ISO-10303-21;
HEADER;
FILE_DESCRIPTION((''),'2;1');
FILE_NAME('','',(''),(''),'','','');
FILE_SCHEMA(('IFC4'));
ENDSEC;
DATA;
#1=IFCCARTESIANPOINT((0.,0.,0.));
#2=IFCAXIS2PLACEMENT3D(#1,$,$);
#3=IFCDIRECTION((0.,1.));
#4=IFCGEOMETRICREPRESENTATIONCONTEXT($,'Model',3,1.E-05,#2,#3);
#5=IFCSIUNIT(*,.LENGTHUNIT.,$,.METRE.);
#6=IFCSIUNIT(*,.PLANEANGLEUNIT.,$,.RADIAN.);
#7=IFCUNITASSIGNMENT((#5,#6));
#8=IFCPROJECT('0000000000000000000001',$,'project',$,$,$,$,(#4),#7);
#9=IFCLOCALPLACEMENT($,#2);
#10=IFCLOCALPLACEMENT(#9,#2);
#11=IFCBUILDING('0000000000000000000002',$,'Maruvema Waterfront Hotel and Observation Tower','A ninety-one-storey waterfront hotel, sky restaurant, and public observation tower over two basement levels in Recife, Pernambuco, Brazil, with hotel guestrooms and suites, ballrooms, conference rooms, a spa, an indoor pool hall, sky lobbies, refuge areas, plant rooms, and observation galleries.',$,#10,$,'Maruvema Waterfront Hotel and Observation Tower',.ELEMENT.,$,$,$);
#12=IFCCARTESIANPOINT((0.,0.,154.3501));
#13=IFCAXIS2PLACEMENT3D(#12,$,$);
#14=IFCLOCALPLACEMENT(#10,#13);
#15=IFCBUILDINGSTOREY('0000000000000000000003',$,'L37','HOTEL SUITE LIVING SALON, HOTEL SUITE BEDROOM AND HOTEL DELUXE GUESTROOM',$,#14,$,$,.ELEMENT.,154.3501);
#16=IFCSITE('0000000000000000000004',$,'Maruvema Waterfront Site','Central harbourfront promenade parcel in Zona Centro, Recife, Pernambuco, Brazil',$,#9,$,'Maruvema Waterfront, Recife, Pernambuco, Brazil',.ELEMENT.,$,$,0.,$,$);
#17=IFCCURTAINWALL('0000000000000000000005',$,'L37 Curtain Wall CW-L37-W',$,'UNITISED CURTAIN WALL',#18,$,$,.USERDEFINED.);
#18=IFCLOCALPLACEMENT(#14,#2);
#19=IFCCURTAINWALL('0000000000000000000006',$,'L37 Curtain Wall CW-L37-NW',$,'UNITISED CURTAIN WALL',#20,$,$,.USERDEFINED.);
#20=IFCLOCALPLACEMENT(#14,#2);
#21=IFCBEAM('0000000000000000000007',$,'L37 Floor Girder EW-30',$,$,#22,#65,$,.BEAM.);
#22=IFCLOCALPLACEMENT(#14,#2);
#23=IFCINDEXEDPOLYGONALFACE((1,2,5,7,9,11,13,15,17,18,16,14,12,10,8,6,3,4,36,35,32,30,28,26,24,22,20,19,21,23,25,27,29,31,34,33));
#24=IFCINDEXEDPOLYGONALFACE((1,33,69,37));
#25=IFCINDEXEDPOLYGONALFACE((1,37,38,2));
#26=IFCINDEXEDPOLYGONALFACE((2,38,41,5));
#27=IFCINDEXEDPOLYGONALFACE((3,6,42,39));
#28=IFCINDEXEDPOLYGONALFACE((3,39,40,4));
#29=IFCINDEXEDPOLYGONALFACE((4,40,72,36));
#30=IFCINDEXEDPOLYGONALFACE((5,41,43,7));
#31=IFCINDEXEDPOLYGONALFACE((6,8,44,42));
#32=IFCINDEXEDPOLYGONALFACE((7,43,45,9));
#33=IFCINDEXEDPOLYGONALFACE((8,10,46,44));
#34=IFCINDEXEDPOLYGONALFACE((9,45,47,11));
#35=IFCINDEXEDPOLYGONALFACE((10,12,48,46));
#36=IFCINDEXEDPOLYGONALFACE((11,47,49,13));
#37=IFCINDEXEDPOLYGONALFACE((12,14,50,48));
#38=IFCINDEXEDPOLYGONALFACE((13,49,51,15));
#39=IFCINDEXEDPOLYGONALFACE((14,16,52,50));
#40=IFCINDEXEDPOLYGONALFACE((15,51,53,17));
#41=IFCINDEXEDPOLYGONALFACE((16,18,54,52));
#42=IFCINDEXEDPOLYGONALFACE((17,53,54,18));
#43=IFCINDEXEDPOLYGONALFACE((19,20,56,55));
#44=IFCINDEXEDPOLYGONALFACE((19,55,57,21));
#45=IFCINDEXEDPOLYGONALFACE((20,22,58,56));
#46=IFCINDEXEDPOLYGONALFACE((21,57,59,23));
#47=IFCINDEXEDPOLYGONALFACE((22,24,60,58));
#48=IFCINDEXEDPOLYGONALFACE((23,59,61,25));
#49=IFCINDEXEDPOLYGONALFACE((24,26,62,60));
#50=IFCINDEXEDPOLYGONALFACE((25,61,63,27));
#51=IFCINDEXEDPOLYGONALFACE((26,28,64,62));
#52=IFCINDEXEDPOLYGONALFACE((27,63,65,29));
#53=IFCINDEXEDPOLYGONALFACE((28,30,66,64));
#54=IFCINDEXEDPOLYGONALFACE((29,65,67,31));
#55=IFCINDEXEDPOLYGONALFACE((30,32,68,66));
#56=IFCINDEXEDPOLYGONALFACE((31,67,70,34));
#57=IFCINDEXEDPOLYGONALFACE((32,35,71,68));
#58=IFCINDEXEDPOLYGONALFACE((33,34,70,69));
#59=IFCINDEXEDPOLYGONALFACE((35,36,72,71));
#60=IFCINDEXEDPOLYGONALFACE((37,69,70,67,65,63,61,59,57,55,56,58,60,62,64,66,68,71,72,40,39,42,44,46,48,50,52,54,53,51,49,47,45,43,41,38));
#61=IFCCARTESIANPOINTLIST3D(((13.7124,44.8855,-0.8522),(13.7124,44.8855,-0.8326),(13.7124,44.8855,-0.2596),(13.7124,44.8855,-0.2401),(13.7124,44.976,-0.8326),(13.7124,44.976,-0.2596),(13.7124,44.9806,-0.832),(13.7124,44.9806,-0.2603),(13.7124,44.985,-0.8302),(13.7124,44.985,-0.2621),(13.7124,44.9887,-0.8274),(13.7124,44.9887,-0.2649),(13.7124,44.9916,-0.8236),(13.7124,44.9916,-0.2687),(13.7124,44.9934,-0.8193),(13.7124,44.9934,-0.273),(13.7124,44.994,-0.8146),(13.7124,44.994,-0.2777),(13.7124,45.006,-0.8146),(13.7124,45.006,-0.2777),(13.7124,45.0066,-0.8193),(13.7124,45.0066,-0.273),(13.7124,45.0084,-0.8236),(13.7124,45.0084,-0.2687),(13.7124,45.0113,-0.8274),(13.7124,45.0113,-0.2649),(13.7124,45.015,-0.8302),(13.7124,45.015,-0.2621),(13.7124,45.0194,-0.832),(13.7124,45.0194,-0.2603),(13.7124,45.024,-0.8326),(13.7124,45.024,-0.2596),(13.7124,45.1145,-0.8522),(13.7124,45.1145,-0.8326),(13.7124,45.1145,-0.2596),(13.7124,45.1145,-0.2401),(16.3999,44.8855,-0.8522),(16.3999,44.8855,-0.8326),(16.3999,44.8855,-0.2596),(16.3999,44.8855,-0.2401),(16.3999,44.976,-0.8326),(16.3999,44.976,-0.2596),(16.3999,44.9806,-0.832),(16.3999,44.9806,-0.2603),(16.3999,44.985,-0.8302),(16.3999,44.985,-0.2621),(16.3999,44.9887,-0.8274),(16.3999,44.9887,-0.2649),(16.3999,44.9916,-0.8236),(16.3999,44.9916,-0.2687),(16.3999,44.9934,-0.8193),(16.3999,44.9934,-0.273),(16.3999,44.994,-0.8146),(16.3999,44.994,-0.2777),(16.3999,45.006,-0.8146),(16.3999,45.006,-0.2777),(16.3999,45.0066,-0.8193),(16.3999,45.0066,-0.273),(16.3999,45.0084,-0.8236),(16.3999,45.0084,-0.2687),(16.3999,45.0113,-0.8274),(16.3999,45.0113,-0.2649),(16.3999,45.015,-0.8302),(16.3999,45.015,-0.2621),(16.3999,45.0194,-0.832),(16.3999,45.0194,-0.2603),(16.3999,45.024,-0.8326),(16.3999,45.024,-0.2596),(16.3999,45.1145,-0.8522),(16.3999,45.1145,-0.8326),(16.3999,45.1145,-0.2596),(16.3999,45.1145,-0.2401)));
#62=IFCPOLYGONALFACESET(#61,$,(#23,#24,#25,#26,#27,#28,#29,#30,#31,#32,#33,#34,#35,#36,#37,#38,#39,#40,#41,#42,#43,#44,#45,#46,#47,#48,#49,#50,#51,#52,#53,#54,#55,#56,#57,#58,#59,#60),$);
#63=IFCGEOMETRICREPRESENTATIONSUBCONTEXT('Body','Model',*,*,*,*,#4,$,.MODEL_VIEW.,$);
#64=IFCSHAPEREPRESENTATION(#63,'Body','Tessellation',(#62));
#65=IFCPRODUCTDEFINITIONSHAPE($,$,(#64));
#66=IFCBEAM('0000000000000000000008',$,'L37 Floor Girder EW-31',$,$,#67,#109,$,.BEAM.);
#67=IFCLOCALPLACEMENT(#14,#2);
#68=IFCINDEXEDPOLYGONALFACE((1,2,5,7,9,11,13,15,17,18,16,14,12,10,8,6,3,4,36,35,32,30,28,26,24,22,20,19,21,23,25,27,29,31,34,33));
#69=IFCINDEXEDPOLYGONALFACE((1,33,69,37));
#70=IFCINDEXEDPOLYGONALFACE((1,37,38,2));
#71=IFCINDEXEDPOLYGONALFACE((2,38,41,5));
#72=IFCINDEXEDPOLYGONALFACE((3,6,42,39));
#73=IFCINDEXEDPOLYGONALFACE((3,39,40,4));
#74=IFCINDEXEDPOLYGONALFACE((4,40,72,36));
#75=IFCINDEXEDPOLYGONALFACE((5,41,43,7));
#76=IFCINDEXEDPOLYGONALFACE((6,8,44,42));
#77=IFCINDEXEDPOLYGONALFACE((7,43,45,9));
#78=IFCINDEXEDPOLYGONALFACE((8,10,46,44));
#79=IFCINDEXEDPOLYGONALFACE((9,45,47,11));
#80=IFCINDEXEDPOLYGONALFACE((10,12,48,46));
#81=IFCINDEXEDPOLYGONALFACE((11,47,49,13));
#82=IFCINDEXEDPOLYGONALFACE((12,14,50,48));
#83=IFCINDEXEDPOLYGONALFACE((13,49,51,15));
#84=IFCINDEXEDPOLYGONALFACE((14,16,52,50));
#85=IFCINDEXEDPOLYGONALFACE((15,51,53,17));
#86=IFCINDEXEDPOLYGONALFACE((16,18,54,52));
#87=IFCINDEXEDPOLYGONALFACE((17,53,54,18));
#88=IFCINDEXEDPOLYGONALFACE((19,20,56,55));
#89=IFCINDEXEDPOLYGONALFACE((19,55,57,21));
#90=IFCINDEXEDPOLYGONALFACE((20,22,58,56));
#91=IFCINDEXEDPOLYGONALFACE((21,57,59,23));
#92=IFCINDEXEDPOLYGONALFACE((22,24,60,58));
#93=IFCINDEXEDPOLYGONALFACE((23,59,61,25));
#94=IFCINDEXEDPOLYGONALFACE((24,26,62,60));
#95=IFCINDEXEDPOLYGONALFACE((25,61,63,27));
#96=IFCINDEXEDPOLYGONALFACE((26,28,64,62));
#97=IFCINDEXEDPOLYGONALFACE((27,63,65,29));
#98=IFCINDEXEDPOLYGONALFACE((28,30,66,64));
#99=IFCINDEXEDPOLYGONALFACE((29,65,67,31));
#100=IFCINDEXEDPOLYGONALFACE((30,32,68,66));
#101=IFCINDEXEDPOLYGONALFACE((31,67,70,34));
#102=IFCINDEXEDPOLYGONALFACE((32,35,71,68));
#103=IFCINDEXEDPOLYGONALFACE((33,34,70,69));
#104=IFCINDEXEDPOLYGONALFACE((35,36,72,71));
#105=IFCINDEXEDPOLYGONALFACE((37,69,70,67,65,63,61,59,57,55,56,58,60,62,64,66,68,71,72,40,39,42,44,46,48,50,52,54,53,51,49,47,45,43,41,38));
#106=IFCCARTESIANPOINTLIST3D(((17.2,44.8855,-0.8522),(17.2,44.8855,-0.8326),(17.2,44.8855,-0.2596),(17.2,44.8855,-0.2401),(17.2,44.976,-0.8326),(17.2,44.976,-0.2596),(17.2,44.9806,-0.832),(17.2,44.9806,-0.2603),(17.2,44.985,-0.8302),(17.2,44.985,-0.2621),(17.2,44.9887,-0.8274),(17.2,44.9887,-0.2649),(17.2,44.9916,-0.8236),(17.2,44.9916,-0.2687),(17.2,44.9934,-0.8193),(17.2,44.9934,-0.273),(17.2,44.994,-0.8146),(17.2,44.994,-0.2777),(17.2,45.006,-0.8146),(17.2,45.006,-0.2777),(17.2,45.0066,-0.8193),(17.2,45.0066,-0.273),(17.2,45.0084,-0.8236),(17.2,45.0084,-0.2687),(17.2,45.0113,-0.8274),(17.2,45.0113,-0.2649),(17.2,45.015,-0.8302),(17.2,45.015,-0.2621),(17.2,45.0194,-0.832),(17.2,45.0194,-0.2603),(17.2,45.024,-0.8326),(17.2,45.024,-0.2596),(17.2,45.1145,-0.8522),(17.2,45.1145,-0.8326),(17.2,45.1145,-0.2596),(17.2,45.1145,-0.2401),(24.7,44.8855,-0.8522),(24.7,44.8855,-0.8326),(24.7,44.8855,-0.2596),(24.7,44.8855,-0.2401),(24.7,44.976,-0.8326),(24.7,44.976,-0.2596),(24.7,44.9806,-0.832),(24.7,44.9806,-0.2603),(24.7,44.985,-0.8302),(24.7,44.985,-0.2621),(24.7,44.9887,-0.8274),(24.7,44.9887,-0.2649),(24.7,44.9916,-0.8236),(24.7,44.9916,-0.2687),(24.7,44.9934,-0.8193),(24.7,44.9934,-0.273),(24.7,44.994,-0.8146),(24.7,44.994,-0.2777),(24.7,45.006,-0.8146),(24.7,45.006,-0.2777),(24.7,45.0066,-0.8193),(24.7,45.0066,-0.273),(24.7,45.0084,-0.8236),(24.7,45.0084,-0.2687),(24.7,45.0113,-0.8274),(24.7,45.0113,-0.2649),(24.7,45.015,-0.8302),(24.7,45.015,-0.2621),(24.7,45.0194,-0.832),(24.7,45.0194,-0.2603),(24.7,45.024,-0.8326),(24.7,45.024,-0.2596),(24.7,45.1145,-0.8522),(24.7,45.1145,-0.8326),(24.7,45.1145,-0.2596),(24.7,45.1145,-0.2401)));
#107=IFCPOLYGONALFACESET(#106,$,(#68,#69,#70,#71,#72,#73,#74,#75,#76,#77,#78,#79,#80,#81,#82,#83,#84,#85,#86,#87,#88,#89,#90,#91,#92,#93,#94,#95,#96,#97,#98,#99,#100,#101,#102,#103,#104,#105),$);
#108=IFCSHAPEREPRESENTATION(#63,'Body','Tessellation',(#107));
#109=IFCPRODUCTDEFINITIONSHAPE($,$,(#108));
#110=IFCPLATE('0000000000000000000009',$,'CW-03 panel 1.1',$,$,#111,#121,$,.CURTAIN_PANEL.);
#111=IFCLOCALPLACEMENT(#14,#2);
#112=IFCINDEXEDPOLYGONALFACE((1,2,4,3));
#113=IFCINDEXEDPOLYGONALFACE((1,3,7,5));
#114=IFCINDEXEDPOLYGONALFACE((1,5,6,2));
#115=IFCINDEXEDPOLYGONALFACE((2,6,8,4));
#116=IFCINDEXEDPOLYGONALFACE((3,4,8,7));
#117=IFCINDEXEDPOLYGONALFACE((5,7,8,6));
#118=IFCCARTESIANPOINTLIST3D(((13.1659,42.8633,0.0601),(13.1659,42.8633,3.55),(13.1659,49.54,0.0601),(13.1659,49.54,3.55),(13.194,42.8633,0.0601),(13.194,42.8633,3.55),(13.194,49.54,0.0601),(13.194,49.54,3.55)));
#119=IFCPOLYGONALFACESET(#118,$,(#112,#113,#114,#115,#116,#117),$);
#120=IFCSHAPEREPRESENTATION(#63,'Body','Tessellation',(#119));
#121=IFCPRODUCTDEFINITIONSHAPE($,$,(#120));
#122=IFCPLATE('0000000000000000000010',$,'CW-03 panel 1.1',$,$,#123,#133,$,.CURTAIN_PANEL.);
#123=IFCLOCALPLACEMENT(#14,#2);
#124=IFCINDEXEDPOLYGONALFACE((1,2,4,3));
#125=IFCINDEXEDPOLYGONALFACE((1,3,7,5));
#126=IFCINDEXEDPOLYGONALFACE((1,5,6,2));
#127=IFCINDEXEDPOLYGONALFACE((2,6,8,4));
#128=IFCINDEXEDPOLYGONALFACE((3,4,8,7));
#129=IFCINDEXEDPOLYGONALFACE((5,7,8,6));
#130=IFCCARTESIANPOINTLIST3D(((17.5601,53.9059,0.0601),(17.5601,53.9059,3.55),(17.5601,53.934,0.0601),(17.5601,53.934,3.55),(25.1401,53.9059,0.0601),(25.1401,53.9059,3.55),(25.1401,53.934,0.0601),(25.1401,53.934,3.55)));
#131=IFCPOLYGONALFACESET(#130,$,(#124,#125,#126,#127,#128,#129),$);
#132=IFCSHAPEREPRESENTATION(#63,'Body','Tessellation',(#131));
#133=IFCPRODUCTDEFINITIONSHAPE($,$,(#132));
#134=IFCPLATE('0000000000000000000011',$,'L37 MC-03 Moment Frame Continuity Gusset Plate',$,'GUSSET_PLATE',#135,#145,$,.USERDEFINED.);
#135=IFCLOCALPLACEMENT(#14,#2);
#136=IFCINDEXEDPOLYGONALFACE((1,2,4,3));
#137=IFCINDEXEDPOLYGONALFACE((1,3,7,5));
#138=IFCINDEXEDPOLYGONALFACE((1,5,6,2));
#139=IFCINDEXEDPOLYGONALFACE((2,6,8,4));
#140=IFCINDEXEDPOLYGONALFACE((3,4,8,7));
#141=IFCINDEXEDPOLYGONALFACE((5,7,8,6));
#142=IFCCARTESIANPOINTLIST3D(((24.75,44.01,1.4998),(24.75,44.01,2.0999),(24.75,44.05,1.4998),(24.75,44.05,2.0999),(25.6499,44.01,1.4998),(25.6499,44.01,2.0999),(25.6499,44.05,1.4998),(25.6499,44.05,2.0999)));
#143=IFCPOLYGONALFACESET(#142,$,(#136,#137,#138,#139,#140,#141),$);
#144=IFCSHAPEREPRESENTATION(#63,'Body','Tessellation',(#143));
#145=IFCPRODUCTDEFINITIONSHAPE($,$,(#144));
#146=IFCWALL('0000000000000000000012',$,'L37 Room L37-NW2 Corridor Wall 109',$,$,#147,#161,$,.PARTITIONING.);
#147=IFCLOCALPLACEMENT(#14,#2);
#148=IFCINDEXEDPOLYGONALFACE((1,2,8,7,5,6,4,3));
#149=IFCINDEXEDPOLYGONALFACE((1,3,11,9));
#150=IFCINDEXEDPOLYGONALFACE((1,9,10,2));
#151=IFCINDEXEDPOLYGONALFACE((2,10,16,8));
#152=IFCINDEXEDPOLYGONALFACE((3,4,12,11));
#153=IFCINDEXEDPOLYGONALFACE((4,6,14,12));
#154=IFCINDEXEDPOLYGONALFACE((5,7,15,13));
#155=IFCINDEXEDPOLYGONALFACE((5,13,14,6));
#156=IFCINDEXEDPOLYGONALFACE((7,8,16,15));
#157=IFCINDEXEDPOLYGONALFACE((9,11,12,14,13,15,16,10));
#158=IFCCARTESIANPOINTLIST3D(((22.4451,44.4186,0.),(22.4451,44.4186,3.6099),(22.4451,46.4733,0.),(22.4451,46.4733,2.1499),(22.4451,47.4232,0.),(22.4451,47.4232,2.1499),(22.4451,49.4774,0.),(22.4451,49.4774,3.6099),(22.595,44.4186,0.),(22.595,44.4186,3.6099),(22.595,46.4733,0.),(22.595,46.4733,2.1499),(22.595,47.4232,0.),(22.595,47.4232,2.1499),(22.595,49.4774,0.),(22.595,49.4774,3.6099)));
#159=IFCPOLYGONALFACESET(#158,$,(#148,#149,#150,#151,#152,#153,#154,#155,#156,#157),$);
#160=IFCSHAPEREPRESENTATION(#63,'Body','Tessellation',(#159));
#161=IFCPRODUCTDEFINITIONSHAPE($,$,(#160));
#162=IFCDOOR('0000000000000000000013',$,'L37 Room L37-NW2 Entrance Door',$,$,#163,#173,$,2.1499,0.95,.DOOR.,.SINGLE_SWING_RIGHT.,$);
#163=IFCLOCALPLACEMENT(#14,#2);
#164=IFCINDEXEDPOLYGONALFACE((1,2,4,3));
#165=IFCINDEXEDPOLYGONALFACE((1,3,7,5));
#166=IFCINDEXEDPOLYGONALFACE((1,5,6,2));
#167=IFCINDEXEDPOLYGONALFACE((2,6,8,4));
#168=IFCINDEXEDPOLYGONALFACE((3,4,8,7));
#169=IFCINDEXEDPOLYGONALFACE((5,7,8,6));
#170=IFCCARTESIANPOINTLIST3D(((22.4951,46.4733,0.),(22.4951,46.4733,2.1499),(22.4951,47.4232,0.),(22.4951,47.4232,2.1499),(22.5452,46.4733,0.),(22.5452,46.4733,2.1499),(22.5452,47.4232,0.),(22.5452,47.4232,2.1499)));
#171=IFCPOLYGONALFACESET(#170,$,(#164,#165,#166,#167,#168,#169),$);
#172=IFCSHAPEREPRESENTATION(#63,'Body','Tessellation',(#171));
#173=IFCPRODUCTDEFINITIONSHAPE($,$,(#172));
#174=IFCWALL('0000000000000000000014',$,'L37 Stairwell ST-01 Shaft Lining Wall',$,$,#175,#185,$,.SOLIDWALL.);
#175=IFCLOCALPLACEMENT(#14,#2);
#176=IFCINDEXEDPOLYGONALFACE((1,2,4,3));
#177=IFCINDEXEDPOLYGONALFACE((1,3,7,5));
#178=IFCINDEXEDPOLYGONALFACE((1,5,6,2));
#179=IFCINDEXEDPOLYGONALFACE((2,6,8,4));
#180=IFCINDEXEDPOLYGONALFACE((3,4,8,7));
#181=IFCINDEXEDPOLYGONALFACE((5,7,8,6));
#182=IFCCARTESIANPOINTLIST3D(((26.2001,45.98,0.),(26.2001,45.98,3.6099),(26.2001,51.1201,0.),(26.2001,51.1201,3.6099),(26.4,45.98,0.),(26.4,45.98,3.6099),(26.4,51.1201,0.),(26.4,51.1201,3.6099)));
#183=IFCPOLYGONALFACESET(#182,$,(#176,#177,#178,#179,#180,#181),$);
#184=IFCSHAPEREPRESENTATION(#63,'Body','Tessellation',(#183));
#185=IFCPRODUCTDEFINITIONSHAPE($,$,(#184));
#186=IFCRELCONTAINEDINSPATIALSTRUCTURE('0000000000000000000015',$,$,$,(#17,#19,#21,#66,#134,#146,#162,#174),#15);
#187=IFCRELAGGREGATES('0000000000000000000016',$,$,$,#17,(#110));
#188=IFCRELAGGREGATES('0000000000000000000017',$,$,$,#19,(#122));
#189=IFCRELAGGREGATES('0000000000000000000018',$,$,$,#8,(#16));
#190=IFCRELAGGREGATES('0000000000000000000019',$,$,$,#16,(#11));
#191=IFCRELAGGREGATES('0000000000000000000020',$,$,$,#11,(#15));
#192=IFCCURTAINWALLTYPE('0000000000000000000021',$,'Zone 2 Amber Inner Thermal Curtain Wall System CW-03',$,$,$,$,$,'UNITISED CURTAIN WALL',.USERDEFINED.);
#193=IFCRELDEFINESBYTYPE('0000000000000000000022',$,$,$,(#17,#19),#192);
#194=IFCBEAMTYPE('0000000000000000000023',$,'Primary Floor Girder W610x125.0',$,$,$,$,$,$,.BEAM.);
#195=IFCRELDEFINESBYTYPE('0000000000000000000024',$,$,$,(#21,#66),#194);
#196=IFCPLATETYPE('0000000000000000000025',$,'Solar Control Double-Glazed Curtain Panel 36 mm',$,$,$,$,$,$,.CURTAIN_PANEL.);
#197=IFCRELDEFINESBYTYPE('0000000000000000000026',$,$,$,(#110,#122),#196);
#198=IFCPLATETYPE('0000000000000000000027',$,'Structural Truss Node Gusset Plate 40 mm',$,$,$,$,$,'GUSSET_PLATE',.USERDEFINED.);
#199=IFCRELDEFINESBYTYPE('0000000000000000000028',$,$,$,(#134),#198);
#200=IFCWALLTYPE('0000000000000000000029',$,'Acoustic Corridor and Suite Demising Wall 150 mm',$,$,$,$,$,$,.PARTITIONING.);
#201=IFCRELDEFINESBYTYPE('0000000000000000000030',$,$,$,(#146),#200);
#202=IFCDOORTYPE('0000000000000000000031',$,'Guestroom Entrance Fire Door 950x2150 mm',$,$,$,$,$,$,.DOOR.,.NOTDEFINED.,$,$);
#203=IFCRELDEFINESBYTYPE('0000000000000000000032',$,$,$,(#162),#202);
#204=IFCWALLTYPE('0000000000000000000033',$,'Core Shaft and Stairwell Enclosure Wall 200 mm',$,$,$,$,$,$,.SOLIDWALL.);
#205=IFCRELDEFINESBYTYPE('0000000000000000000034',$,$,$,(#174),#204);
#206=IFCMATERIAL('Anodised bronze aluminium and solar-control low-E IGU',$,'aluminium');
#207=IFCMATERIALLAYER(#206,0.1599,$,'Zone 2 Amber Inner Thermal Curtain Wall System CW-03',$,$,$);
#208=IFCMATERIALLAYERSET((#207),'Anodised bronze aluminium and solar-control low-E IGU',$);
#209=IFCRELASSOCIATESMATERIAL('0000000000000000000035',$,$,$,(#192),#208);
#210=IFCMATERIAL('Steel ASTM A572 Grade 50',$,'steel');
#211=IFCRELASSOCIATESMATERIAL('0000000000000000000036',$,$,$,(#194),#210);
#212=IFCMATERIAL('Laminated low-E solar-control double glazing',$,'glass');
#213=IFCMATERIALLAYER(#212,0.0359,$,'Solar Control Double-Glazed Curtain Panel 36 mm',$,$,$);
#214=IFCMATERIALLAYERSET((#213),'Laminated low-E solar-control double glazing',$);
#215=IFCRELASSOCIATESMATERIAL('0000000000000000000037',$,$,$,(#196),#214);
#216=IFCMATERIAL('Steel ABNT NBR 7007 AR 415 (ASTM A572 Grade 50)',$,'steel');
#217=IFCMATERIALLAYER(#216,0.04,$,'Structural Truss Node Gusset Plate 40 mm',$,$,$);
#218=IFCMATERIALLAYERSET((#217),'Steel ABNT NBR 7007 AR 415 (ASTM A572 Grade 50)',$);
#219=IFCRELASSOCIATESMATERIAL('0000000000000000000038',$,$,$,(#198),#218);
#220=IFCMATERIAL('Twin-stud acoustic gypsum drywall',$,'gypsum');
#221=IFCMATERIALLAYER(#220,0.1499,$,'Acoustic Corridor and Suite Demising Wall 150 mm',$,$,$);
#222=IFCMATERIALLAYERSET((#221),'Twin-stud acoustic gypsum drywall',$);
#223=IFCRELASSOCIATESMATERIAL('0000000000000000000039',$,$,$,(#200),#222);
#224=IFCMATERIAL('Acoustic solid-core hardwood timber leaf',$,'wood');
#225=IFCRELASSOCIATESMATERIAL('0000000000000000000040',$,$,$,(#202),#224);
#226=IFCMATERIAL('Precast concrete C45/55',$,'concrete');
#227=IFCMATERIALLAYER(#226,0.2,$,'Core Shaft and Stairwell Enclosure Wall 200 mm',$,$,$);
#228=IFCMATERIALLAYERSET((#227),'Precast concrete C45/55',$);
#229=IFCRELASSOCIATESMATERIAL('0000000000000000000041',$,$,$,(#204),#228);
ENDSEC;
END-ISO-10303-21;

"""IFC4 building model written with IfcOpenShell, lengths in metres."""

from ifc_helpers import new_model, si_unit, direction, frame, frame_2d, origin, origin_2d, place, context, subcontext, project, spatial, rectangle, i_section, extrude, material, layer, layer_set, material_profile, profile_set, type_object, element, fill, aggregate, save


model = new_model("IFC4")

# Units and contexts
model_context = context("Model", 3, precision=1e-05, world=origin(), true_north=direction((0.0, 1.0)))
body_context = subcontext(model_context, "Body", "Model", "MODEL_VIEW")
ifc_project = project(units=[si_unit("LENGTHUNIT", "METRE"), si_unit("PLANEANGLEUNIT", "RADIAN")], contexts=[model_context])

# Site, building, storey
site_placement = place(None, origin())
site = spatial("IfcSite", under=ifc_project, at=site_placement, Name="Maruvema Waterfront Site", Description="Central harbourfront promenade parcel in Zona Centro, Recife, Pernambuco, Brazil", LongName="Maruvema Waterfront, Recife, Pernambuco, Brazil", CompositionType="ELEMENT", RefElevation=0.0)
building_placement = place(site_placement, origin())
building = spatial("IfcBuilding", under=site, at=building_placement, Name="Maruvema Waterfront Hotel and Observation Tower", Description="A ninety-one-storey waterfront hotel, sky restaurant, and public observation tower over two basement levels in Recife, Pernambuco, Brazil, with hotel guestrooms and suites, ballrooms, conference rooms, a spa, an indoor pool hall, sky lobbies, refuge areas, plant rooms, and observation galleries.", LongName="Maruvema Waterfront Hotel and Observation Tower", CompositionType="ELEMENT")
storey_placement = place(building_placement, frame((0.0, 0.0, 154.3501)))
storey = spatial("IfcBuildingStorey", under=building, at=storey_placement, Name="L37", Description="HOTEL SUITE LIVING SALON, HOTEL SUITE BEDROOM AND HOTEL DELUXE GUESTROOM", CompositionType="ELEMENT", Elevation=154.3501)

# Curtain walls
ifc_material_1 = material(Name="Anodised bronze aluminium and solar-control low-E IGU", Category="aluminium")
ifc_layer_1 = layer(ifc_material_1, 0.1599, Name="Zone 2 Amber Inner Thermal Curtain Wall System CW-03")
ifc_layer_set_1 = layer_set([ifc_layer_1], Name="Anodised bronze aluminium and solar-control low-E IGU")
curtain_wall_type = type_object("IfcCurtainWallType", Name="Zone 2 Amber Inner Thermal Curtain Wall System CW-03", ElementType="UNITISED CURTAIN WALL", PredefinedType="USERDEFINED", material=ifc_layer_set_1)
curtain_wall_1_placement = place(storey_placement, origin())
curtain_wall_1 = element("IfcCurtainWall", 1, at=curtain_wall_1_placement, inside=storey, type_object=curtain_wall_type, Name="L37 Curtain Wall CW-L37-W", ObjectType="UNITISED CURTAIN WALL", PredefinedType="USERDEFINED")
curtain_wall_2_placement = place(storey_placement, origin())
curtain_wall_2 = element("IfcCurtainWall", 2, at=curtain_wall_2_placement, inside=storey, type_object=curtain_wall_type, Name="L37 Curtain Wall CW-L37-NW", ObjectType="UNITISED CURTAIN WALL", PredefinedType="USERDEFINED")

# Beams
ifc_material_2 = material(Name="Steel ASTM A572 Grade 50", Category="steel")
ifc_material_profile_1 = material_profile(ifc_material_2, i_section(OverallWidth=0.229, OverallDepth=0.6121, WebThickness=0.012, FlangeThickness=0.0195, FilletRadius=0.0181, at=origin_2d()), Name="W610x125.0")
ifc_profile_set_1 = profile_set([ifc_material_profile_1], Name="Steel ASTM A572 Grade 50")
beam_type = type_object("IfcBeamType", Name="Primary Floor Girder W610x125.0", PredefinedType="BEAM", material=ifc_profile_set_1)
beam_1_placement = place(storey_placement, frame((13.7124, 45.0, -0.5461), z_axis=(1.0, 0.0, 0.0), x_axis=(0.0, 1.0, 0.0)))
element("IfcBeam", 3, at=beam_1_placement, inside=storey, type_object=beam_type, Name="L37 Floor Girder EW-30", PredefinedType="BEAM", context=body_context, shape_type="SweptSolid", body=[
    extrude(i_section(OverallWidth=0.229, OverallDepth=0.6121, WebThickness=0.012, FlangeThickness=0.0195, FilletRadius=0.0181, at=origin_2d()), origin(), (0.0, 0.0, 1.0), 2.6875),
])
beam_2_placement = place(storey_placement, frame((17.2, 45.0, -0.5461), z_axis=(1.0, 0.0, 0.0), x_axis=(0.0, 1.0, 0.0)))
element("IfcBeam", 4, at=beam_2_placement, inside=storey, type_object=beam_type, Name="L37 Floor Girder EW-31", PredefinedType="BEAM", context=body_context, shape_type="SweptSolid", body=[
    extrude(i_section(OverallWidth=0.229, OverallDepth=0.6121, WebThickness=0.012, FlangeThickness=0.0195, FilletRadius=0.0181, at=origin_2d()), origin(), (0.0, 0.0, 1.0), 7.5),
])

# Plates
ifc_material_3 = material(Name="Laminated low-E solar-control double glazing", Category="glass")
ifc_layer_2 = layer(ifc_material_3, 0.0359, Name="Solar Control Double-Glazed Curtain Panel 36 mm")
ifc_layer_set_2 = layer_set([ifc_layer_2], Name="Laminated low-E solar-control double glazing")
plate_type_1 = type_object("IfcPlateType", Name="Solar Control Double-Glazed Curtain Panel 36 mm", PredefinedType="CURTAIN_PANEL", material=ifc_layer_set_2)
plate_1_placement = place(storey_placement, frame((13.1799, 46.2017, 0.0601), z_axis=(0.0, 0.0, 1.0), x_axis=(0.0, -1.0, 0.0)))
plate_1 = element("IfcPlate", 5, at=plate_1_placement, type_object=plate_type_1, Name="CW-03 panel 1.1", PredefinedType="CURTAIN_PANEL", context=body_context, shape_type="SweptSolid", body=[
    extrude(rectangle(XDim=6.6768, YDim=0.0281, at=origin_2d()), origin(), (0.0, 0.0, 1.0), 3.49),
])
aggregate(curtain_wall_1, [plate_1])
plate_2_placement = place(storey_placement, frame((21.3501, 53.9199, 0.0601), z_axis=(0.0, 0.0, 1.0), x_axis=(-1.0, 0.0, 0.0)))
plate_2 = element("IfcPlate", 6, at=plate_2_placement, type_object=plate_type_1, Name="CW-03 panel 1.1", PredefinedType="CURTAIN_PANEL", context=body_context, shape_type="SweptSolid", body=[
    extrude(rectangle(XDim=7.5801, YDim=0.0281, at=origin_2d()), origin(), (0.0, 0.0, 1.0), 3.49),
])
aggregate(curtain_wall_2, [plate_2])
ifc_material_4 = material(Name="Steel ABNT NBR 7007 AR 415 (ASTM A572 Grade 50)", Category="steel")
ifc_layer_3 = layer(ifc_material_4, 0.04, Name="Structural Truss Node Gusset Plate 40 mm")
ifc_layer_set_3 = layer_set([ifc_layer_3], Name="Steel ABNT NBR 7007 AR 415 (ASTM A572 Grade 50)")
plate_type_2 = type_object("IfcPlateType", Name="Structural Truss Node Gusset Plate 40 mm", ElementType="GUSSET_PLATE", PredefinedType="USERDEFINED", material=ifc_layer_set_3)
plate_3_placement = place(storey_placement, frame((25.2, 44.03, 1.4998), z_axis=(0.0, 0.0, 1.0), x_axis=(1.0, 0.0, 0.0)))
element("IfcPlate", 7, at=plate_3_placement, inside=storey, type_object=plate_type_2, Name="L37 MC-03 Moment Frame Continuity Gusset Plate", ObjectType="GUSSET_PLATE", PredefinedType="USERDEFINED", context=body_context, shape_type="SweptSolid", body=[
    extrude(rectangle(XDim=0.8999, YDim=0.04, at=origin_2d()), origin(), (0.0, 0.0, 1.0), 0.6001),
])

# Wall, opening, door
ifc_material_5 = material(Name="Twin-stud acoustic gypsum drywall", Category="gypsum")
ifc_layer_4 = layer(ifc_material_5, 0.1499, Name="Acoustic Corridor and Suite Demising Wall 150 mm")
ifc_layer_set_4 = layer_set([ifc_layer_4], Name="Twin-stud acoustic gypsum drywall")
wall_type_1 = type_object("IfcWallType", Name="Acoustic Corridor and Suite Demising Wall 150 mm", PredefinedType="PARTITIONING", material=ifc_layer_set_4)
wall_1_placement = place(storey_placement, frame((22.52, 44.4187, 0.0), z_axis=(0.0, 0.0, 1.0), x_axis=(0.0, 1.0, 0.0)))
wall_1 = element("IfcWall", 8, at=wall_1_placement, inside=storey, type_object=wall_type_1, Name="L37 Room L37-NW2 Corridor Wall 109", PredefinedType="PARTITIONING", context=body_context, shape_type="SweptSolid", body=[
    extrude(rectangle(XDim=5.0588, YDim=0.1499, at=frame_2d((2.5293, 0.0))), origin(), (0.0, 0.0, 1.0), 3.6099),
])
opening_1_placement = place(wall_1_placement, frame((2.0544, 0.0, 0.0)))
opening_1 = element("IfcOpeningElement", 9, at=opening_1_placement, cuts=wall_1, PredefinedType="OPENING", context=body_context, shape_type="SweptSolid", body=[
    extrude(rectangle(XDim=0.95, YDim=2.1499, at=frame_2d((0.4751, 1.075))), frame((0.0, 0.085, 0.0), z_axis=(0.0, -1.0, 0.0), x_axis=(1.0, 0.0, 0.0)), (0.0, 0.0, 1.0), 0.1699),
])
ifc_material_6 = material(Name="Acoustic solid-core hardwood timber leaf", Category="wood")
door_type_1 = type_object("IfcDoorType", Name="Guestroom Entrance Fire Door 950x2150 mm", OperationType="NOTDEFINED", PredefinedType="DOOR", material=ifc_material_6)
door_1_placement = place(opening_1_placement, origin())
door_1 = element("IfcDoor", 10, at=door_1_placement, inside=storey, type_object=door_type_1, Name="L37 Room L37-NW2 Entrance Door", OperationType="SINGLE_SWING_RIGHT", OverallHeight=2.1499, OverallWidth=0.95, PredefinedType="DOOR", context=body_context, shape_type="SweptSolid", body=[
    extrude(rectangle(XDim=0.95, YDim=2.1499, at=frame_2d((0.4751, 1.075))), frame((0.0, 0.0249, 0.0), z_axis=(0.0, -1.0, 0.0), x_axis=(1.0, 0.0, 0.0)), (0.0, 0.0, 1.0), 0.05),
])
fill(opening_1, door_1)

# Wall
ifc_material_7 = material(Name="Precast concrete C45/55", Category="concrete")
ifc_layer_5 = layer(ifc_material_7, 0.2, Name="Core Shaft and Stairwell Enclosure Wall 200 mm")
ifc_layer_set_5 = layer_set([ifc_layer_5], Name="Precast concrete C45/55")
wall_type_2 = type_object("IfcWallType", Name="Core Shaft and Stairwell Enclosure Wall 200 mm", PredefinedType="SOLIDWALL", material=ifc_layer_set_5)
wall_2_placement = place(storey_placement, frame((26.3, 45.98, 0.0), z_axis=(0.0, 0.0, 1.0), x_axis=(0.0, 1.0, 0.0)))
element("IfcWall", 11, at=wall_2_placement, inside=storey, type_object=wall_type_2, Name="L37 Stairwell ST-01 Shaft Lining Wall", PredefinedType="SOLIDWALL", context=body_context, shape_type="SweptSolid", body=[
    extrude(rectangle(XDim=5.1401, YDim=0.2, at=frame_2d((2.5701, 0.0))), origin(), (0.0, 0.0, 1.0), 3.6099),
])

save(model, "model.ifc")
